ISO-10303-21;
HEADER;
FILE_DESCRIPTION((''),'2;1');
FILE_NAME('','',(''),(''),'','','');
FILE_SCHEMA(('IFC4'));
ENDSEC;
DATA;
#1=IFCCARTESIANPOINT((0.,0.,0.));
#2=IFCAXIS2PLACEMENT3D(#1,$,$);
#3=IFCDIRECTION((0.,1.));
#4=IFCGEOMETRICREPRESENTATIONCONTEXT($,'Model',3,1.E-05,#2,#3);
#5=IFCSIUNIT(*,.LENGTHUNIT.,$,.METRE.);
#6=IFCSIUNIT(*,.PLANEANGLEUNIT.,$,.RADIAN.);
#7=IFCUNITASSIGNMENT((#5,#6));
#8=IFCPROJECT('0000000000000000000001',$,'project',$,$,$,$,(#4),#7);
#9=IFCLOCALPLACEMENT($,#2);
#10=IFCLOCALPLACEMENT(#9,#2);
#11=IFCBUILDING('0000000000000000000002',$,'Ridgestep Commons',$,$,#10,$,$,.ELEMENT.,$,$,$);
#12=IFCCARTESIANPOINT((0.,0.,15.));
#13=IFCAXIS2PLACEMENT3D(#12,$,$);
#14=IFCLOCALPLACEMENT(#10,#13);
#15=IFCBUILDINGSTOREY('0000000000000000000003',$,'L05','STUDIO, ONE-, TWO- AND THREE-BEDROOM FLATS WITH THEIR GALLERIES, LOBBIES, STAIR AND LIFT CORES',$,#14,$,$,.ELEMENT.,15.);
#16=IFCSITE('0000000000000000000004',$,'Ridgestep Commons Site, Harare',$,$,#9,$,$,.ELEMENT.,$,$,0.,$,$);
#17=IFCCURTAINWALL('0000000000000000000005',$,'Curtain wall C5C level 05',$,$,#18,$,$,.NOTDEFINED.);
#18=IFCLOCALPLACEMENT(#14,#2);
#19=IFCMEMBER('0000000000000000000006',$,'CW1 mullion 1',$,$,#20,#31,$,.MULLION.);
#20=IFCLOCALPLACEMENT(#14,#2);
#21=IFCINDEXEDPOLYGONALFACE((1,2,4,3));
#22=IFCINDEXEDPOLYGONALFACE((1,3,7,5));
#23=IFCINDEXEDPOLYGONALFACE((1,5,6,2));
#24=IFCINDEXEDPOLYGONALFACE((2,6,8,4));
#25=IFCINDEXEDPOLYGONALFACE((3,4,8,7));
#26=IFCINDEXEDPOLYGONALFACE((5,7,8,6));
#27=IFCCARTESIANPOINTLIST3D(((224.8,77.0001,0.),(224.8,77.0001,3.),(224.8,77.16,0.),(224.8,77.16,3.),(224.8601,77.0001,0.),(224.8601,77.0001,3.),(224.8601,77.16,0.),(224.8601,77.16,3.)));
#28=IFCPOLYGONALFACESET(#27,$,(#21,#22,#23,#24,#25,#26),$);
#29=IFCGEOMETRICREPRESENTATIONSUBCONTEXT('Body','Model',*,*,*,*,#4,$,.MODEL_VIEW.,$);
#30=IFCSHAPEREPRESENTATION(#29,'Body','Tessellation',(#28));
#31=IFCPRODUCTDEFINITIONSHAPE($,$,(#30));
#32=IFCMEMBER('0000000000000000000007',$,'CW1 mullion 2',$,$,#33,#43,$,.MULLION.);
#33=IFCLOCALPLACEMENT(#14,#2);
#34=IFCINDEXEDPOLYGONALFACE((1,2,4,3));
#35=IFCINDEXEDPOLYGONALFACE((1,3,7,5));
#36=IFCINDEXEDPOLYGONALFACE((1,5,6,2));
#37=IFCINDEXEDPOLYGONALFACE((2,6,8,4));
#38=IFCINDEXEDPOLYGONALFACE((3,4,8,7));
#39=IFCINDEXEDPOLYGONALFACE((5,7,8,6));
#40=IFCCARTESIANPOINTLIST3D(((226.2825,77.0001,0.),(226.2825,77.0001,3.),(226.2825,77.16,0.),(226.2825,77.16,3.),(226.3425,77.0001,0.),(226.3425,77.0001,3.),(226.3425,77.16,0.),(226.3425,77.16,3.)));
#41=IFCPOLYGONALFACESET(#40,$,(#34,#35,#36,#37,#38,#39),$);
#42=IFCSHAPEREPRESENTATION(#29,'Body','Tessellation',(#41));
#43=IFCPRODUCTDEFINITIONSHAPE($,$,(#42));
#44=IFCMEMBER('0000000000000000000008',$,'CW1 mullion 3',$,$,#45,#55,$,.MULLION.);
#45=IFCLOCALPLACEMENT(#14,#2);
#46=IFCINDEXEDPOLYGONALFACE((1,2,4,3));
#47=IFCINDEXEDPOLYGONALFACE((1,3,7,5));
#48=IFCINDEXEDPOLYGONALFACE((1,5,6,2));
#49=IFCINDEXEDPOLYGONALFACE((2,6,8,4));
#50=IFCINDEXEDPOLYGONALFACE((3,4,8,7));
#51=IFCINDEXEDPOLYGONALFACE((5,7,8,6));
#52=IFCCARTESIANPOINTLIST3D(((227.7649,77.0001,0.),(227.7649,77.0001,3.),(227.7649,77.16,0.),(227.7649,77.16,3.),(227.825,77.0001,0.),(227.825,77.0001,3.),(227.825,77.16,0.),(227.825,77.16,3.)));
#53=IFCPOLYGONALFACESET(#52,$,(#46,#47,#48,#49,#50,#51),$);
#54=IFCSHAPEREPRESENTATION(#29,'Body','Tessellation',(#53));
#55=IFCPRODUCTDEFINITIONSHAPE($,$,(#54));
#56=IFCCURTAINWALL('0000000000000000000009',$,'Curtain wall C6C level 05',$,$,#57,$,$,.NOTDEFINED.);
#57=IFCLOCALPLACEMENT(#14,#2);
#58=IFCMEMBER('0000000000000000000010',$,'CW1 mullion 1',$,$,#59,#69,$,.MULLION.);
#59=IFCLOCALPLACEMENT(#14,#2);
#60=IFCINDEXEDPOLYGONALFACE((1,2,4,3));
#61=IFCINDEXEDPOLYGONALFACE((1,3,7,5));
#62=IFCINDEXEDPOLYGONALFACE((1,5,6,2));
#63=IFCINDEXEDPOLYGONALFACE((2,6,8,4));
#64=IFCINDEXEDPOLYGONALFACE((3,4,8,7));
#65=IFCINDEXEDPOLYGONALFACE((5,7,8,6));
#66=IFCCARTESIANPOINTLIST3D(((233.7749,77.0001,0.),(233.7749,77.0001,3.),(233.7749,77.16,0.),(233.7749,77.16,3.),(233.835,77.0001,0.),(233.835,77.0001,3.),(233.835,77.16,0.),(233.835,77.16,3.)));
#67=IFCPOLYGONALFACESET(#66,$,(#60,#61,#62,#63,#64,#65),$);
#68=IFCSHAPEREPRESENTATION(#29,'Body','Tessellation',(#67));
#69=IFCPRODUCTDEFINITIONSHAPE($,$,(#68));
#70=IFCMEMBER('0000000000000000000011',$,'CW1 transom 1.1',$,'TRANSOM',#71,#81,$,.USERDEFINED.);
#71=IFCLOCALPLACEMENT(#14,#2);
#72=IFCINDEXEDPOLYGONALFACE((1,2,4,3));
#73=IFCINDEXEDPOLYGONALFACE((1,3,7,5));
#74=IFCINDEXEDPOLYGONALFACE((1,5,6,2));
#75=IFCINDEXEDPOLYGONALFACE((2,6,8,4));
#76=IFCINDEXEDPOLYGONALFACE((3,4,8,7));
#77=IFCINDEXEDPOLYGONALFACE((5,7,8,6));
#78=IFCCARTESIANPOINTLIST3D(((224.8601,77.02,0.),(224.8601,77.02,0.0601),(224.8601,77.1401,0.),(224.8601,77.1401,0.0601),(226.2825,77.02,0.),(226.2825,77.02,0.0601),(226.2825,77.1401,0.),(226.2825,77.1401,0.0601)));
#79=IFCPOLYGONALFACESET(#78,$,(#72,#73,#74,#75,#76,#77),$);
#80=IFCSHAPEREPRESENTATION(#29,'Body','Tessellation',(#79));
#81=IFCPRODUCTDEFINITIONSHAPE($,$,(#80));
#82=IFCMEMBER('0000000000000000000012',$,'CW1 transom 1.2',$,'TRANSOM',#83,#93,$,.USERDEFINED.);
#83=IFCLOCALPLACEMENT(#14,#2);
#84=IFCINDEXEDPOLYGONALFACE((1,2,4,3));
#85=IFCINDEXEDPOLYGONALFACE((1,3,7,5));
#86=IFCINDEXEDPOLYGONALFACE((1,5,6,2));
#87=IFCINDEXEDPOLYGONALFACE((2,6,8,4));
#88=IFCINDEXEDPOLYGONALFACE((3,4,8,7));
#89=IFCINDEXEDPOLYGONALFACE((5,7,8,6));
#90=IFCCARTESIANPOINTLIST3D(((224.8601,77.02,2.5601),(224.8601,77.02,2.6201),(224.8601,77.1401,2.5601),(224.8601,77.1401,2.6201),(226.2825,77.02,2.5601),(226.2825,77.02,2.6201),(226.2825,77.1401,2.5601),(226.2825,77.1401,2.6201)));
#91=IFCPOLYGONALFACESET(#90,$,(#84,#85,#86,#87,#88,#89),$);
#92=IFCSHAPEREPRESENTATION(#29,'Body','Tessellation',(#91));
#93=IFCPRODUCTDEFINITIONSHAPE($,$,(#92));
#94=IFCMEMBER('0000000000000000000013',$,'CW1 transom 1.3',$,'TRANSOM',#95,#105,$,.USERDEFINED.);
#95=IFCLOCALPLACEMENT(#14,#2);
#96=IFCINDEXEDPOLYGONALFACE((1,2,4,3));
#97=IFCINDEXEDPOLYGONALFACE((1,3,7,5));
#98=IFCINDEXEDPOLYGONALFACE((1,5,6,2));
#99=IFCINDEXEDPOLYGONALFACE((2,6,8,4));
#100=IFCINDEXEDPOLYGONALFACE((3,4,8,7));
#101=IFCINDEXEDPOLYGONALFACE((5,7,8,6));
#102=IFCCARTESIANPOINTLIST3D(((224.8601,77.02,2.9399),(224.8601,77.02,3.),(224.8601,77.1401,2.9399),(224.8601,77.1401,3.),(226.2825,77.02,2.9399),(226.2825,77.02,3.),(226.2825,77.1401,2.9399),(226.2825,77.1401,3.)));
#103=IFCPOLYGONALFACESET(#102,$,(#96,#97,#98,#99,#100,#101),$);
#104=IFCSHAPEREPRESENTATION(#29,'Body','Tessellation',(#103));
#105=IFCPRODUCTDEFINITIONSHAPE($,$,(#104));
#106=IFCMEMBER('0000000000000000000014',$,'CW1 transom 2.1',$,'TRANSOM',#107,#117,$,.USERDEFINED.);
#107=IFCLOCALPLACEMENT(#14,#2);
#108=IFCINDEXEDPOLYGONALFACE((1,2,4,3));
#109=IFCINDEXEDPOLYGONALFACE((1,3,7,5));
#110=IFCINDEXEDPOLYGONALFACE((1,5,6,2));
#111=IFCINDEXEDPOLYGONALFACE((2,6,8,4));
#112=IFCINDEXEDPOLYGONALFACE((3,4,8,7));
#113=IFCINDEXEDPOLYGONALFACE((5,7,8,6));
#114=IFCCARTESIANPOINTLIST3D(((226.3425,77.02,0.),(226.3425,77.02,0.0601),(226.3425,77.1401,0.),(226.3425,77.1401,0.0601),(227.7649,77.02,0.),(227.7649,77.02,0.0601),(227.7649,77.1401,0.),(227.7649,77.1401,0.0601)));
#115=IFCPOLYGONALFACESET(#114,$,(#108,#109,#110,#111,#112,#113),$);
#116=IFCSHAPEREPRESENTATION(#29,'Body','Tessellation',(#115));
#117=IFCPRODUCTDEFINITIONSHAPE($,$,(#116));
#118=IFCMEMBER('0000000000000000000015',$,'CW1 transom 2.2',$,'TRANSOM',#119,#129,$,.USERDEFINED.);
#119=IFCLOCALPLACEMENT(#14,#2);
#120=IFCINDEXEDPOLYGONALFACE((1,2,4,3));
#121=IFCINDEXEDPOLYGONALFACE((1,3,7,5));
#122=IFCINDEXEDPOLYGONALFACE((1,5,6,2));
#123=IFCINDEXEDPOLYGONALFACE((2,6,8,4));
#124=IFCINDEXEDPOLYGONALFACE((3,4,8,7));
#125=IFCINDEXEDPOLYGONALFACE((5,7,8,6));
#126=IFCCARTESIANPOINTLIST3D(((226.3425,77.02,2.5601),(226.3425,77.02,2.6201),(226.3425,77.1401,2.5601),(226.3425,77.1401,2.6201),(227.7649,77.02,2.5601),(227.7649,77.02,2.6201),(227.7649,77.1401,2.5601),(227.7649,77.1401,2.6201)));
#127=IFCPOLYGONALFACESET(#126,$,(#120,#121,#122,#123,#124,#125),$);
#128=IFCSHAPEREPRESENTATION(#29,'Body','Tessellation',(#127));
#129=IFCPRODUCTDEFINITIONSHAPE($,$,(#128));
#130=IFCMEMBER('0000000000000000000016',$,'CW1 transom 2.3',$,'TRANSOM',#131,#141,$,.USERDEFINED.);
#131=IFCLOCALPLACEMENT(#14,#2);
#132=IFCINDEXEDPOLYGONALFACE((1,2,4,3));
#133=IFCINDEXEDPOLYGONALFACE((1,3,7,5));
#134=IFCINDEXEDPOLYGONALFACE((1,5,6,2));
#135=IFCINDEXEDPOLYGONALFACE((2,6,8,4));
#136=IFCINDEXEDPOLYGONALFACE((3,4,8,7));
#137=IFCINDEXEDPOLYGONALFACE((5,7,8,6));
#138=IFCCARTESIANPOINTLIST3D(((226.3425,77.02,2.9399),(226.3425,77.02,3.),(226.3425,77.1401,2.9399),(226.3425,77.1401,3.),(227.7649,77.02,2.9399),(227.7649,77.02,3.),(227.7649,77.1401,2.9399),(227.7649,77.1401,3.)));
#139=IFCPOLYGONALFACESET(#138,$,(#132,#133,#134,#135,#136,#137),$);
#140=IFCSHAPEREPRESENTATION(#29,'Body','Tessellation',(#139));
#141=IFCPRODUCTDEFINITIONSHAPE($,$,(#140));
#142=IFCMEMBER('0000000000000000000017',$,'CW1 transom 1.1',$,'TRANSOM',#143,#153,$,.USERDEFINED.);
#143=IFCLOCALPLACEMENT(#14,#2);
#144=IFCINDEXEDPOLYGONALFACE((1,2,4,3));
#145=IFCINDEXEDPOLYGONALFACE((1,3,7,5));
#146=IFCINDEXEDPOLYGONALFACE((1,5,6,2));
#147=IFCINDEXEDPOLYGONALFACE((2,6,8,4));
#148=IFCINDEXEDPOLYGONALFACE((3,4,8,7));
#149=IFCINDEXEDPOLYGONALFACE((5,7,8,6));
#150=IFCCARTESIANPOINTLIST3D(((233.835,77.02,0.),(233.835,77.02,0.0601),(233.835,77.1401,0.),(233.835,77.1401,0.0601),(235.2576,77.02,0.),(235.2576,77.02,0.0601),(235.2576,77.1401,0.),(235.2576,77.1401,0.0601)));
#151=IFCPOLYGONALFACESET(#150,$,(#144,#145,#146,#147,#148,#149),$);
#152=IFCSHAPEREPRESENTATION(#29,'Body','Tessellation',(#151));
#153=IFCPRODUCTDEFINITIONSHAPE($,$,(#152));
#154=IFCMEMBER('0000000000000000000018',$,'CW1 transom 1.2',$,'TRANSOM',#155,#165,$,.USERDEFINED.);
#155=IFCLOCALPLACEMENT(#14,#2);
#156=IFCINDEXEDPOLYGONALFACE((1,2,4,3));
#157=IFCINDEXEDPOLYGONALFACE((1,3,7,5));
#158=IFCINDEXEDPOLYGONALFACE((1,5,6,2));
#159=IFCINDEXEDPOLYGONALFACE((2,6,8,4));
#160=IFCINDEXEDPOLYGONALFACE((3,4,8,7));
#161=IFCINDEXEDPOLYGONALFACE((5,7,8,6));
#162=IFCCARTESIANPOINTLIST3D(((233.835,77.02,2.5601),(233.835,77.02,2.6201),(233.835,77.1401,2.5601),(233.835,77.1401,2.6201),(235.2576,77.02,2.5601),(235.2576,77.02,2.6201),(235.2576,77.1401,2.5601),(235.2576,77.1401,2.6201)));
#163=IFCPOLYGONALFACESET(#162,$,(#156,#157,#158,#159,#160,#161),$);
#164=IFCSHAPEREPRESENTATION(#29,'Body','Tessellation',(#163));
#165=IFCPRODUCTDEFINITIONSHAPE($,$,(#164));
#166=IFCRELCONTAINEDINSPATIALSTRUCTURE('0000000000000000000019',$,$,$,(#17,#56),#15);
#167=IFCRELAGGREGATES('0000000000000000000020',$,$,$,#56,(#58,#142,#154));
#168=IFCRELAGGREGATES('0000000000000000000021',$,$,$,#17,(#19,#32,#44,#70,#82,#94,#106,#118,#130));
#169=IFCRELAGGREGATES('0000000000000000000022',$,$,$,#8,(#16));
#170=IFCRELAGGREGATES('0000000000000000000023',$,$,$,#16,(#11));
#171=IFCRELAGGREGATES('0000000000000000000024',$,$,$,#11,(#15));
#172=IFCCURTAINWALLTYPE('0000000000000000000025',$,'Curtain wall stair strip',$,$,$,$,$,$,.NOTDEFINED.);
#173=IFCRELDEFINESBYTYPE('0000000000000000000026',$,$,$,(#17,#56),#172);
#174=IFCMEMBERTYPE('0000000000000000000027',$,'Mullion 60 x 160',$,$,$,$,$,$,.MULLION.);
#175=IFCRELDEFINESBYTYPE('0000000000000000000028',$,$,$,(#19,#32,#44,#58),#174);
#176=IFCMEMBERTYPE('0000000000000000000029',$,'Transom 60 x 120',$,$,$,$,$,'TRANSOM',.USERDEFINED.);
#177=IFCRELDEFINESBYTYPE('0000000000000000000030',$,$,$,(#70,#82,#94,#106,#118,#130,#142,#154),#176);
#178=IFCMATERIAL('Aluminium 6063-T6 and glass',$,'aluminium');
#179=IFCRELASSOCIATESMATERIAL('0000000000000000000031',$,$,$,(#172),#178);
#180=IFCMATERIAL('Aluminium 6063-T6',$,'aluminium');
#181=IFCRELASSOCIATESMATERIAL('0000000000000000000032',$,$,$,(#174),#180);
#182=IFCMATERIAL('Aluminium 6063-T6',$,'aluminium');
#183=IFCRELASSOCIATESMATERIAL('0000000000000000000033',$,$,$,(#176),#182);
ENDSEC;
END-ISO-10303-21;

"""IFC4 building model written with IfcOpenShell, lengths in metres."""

from ifc_helpers import new_model, si_unit, direction, frame, origin, origin_2d, place, context, subcontext, project, spatial, rectangle, extrude, material, material_profile, profile_set, type_object, element, aggregate, save


model = new_model("IFC4")

# Units and contexts
model_context = context("Model", 3, precision=1e-05, world=origin(), true_north=direction((0.0, 1.0)))
body_context = subcontext(model_context, "Body", "Model", "MODEL_VIEW")
ifc_project = project(units=[si_unit("LENGTHUNIT", "METRE"), si_unit("PLANEANGLEUNIT", "RADIAN")], contexts=[model_context])

# Site, building, storey
site_placement = place(None, origin())
site = spatial("IfcSite", under=ifc_project, at=site_placement, Name="Ridgestep Commons Site, Harare", CompositionType="ELEMENT", RefElevation=0.0)
building_placement = place(site_placement, origin())
building = spatial("IfcBuilding", under=site, at=building_placement, Name="Ridgestep Commons", CompositionType="ELEMENT")
storey_placement = place(building_placement, frame((0.0, 0.0, 15.0)))
storey = spatial("IfcBuildingStorey", under=building, at=storey_placement, Name="L05", Description="STUDIO, ONE-, TWO- AND THREE-BEDROOM FLATS WITH THEIR GALLERIES, LOBBIES, STAIR AND LIFT CORES", CompositionType="ELEMENT", Elevation=15.0)

# Curtain wall, members
ifc_material_1 = material(Name="Aluminium 6063-T6 and glass", Category="aluminium")
curtain_wall_type = type_object("IfcCurtainWallType", Name="Curtain wall stair strip", PredefinedType="NOTDEFINED", material=ifc_material_1)
curtain_wall_1_placement = place(storey_placement, origin())
curtain_wall_1 = element("IfcCurtainWall", 1, at=curtain_wall_1_placement, inside=storey, type_object=curtain_wall_type, Name="Curtain wall C5C level 05", PredefinedType="NOTDEFINED")
ifc_material_2 = material(Name="Aluminium 6063-T6", Category="aluminium")
ifc_material_profile_1 = material_profile(ifc_material_2, rectangle(XDim=0.1599, YDim=0.0601, at=origin_2d()), Name="Mullion 60 x 160")
ifc_profile_set_1 = profile_set([ifc_material_profile_1], Name="Aluminium 6063-T6")
member_type_1 = type_object("IfcMemberType", Name="Mullion 60 x 160", PredefinedType="MULLION", material=ifc_profile_set_1)
member_1_placement = place(storey_placement, frame((224.8301, 77.0801, 0.0), z_axis=(0.0, 0.0, 1.0), x_axis=(0.0, 1.0, 0.0)))
member_1 = element("IfcMember", 2, at=member_1_placement, type_object=member_type_1, Name="CW1 mullion 1", PredefinedType="MULLION", context=body_context, shape_type="SweptSolid", body=[
    extrude(rectangle(XDim=0.1599, YDim=0.0601, at=origin_2d()), origin(), (0.0, 0.0, 1.0), 3.0),
])
member_2_placement = place(storey_placement, frame((226.3125, 77.0801, 0.0), z_axis=(0.0, 0.0, 1.0), x_axis=(0.0, 1.0, 0.0)))
member_2 = element("IfcMember", 3, at=member_2_placement, type_object=member_type_1, Name="CW1 mullion 2", PredefinedType="MULLION", context=body_context, shape_type="SweptSolid", body=[
    extrude(rectangle(XDim=0.1599, YDim=0.0601, at=origin_2d()), origin(), (0.0, 0.0, 1.0), 3.0),
])
member_3_placement = place(storey_placement, frame((227.7949, 77.0801, 0.0), z_axis=(0.0, 0.0, 1.0), x_axis=(0.0, 1.0, 0.0)))
member_3 = element("IfcMember", 4, at=member_3_placement, type_object=member_type_1, Name="CW1 mullion 3", PredefinedType="MULLION", context=body_context, shape_type="SweptSolid", body=[
    extrude(rectangle(XDim=0.1599, YDim=0.0601, at=origin_2d()), origin(), (0.0, 0.0, 1.0), 3.0),
])

# Curtain wall, member
curtain_wall_2_placement = place(storey_placement, origin())
curtain_wall_2 = element("IfcCurtainWall", 5, at=curtain_wall_2_placement, inside=storey, type_object=curtain_wall_type, Name="Curtain wall C6C level 05", PredefinedType="NOTDEFINED")
member_4_placement = place(storey_placement, frame((233.8049, 77.0801, 0.0), z_axis=(0.0, 0.0, 1.0), x_axis=(0.0, 1.0, 0.0)))
member_4 = element("IfcMember", 6, at=member_4_placement, type_object=member_type_1, Name="CW1 mullion 1", PredefinedType="MULLION", context=body_context, shape_type="SweptSolid", body=[
    extrude(rectangle(XDim=0.1599, YDim=0.0601, at=origin_2d()), origin(), (0.0, 0.0, 1.0), 3.0),
])

# Members
ifc_material_3 = material(Name="Aluminium 6063-T6", Category="aluminium")
ifc_material_profile_2 = material_profile(ifc_material_3, rectangle(XDim=0.1201, YDim=0.0601, at=origin_2d()), Name="Transom 60 x 120")
ifc_profile_set_2 = profile_set([ifc_material_profile_2], Name="Aluminium 6063-T6")
member_type_2 = type_object("IfcMemberType", Name="Transom 60 x 120", ElementType="TRANSOM", PredefinedType="USERDEFINED", material=ifc_profile_set_2)
member_5_placement = place(storey_placement, frame((224.8601, 77.0801, 0.03), z_axis=(1.0, 0.0, 0.0), x_axis=(0.0, 1.0, 0.0)))
member_5 = element("IfcMember", 7, at=member_5_placement, type_object=member_type_2, Name="CW1 transom 1.1", ObjectType="TRANSOM", PredefinedType="USERDEFINED", context=body_context, shape_type="SweptSolid", body=[
    extrude(rectangle(XDim=0.1201, YDim=0.0601, at=origin_2d()), origin(), (0.0, 0.0, 1.0), 1.4224),
])
member_6_placement = place(storey_placement, frame((224.8601, 77.0801, 2.5901), z_axis=(1.0, 0.0, 0.0), x_axis=(0.0, 1.0, 0.0)))
member_6 = element("IfcMember", 8, at=member_6_placement, type_object=member_type_2, Name="CW1 transom 1.2", ObjectType="TRANSOM", PredefinedType="USERDEFINED", context=body_context, shape_type="SweptSolid", body=[
    extrude(rectangle(XDim=0.1201, YDim=0.0601, at=origin_2d()), origin(), (0.0, 0.0, 1.0), 1.4224),
])
member_7_placement = place(storey_placement, frame((224.8601, 77.0801, 2.97), z_axis=(1.0, 0.0, 0.0), x_axis=(0.0, 1.0, 0.0)))
member_7 = element("IfcMember", 9, at=member_7_placement, type_object=member_type_2, Name="CW1 transom 1.3", ObjectType="TRANSOM", PredefinedType="USERDEFINED", context=body_context, shape_type="SweptSolid", body=[
    extrude(rectangle(XDim=0.1201, YDim=0.0601, at=origin_2d()), origin(), (0.0, 0.0, 1.0), 1.4224),
])
member_8_placement = place(storey_placement, frame((226.3425, 77.0801, 0.03), z_axis=(1.0, 0.0, 0.0), x_axis=(0.0, 1.0, 0.0)))
member_8 = element("IfcMember", 10, at=member_8_placement, type_object=member_type_2, Name="CW1 transom 2.1", ObjectType="TRANSOM", PredefinedType="USERDEFINED", context=body_context, shape_type="SweptSolid", body=[
    extrude(rectangle(XDim=0.1201, YDim=0.0601, at=origin_2d()), origin(), (0.0, 0.0, 1.0), 1.4224),
])
member_9_placement = place(storey_placement, frame((226.3425, 77.0801, 2.5901), z_axis=(1.0, 0.0, 0.0), x_axis=(0.0, 1.0, 0.0)))
member_9 = element("IfcMember", 11, at=member_9_placement, type_object=member_type_2, Name="CW1 transom 2.2", ObjectType="TRANSOM", PredefinedType="USERDEFINED", context=body_context, shape_type="SweptSolid", body=[
    extrude(rectangle(XDim=0.1201, YDim=0.0601, at=origin_2d()), origin(), (0.0, 0.0, 1.0), 1.4224),
])
member_10_placement = place(storey_placement, frame((226.3425, 77.0801, 2.97), z_axis=(1.0, 0.0, 0.0), x_axis=(0.0, 1.0, 0.0)))
member_10 = element("IfcMember", 12, at=member_10_placement, type_object=member_type_2, Name="CW1 transom 2.3", ObjectType="TRANSOM", PredefinedType="USERDEFINED", context=body_context, shape_type="SweptSolid", body=[
    extrude(rectangle(XDim=0.1201, YDim=0.0601, at=origin_2d()), origin(), (0.0, 0.0, 1.0), 1.4224),
])
member_11_placement = place(storey_placement, frame((233.835, 77.0801, 0.03), z_axis=(1.0, 0.0, 0.0), x_axis=(0.0, 1.0, 0.0)))
member_11 = element("IfcMember", 13, at=member_11_placement, type_object=member_type_2, Name="CW1 transom 1.1", ObjectType="TRANSOM", PredefinedType="USERDEFINED", context=body_context, shape_type="SweptSolid", body=[
    extrude(rectangle(XDim=0.1201, YDim=0.0601, at=origin_2d()), origin(), (0.0, 0.0, 1.0), 1.4226),
])
member_12_placement = place(storey_placement, frame((233.835, 77.0801, 2.5901), z_axis=(1.0, 0.0, 0.0), x_axis=(0.0, 1.0, 0.0)))
member_12 = element("IfcMember", 14, at=member_12_placement, type_object=member_type_2, Name="CW1 transom 1.2", ObjectType="TRANSOM", PredefinedType="USERDEFINED", context=body_context, shape_type="SweptSolid", body=[
    extrude(rectangle(XDim=0.1201, YDim=0.0601, at=origin_2d()), origin(), (0.0, 0.0, 1.0), 1.4226),
])
aggregate(curtain_wall_2, [member_4, member_11, member_12])

aggregate(curtain_wall_1, [member_1, member_2, member_3, member_5, member_6, member_7, member_8, member_9, member_10])

save(model, "model.ifc")
